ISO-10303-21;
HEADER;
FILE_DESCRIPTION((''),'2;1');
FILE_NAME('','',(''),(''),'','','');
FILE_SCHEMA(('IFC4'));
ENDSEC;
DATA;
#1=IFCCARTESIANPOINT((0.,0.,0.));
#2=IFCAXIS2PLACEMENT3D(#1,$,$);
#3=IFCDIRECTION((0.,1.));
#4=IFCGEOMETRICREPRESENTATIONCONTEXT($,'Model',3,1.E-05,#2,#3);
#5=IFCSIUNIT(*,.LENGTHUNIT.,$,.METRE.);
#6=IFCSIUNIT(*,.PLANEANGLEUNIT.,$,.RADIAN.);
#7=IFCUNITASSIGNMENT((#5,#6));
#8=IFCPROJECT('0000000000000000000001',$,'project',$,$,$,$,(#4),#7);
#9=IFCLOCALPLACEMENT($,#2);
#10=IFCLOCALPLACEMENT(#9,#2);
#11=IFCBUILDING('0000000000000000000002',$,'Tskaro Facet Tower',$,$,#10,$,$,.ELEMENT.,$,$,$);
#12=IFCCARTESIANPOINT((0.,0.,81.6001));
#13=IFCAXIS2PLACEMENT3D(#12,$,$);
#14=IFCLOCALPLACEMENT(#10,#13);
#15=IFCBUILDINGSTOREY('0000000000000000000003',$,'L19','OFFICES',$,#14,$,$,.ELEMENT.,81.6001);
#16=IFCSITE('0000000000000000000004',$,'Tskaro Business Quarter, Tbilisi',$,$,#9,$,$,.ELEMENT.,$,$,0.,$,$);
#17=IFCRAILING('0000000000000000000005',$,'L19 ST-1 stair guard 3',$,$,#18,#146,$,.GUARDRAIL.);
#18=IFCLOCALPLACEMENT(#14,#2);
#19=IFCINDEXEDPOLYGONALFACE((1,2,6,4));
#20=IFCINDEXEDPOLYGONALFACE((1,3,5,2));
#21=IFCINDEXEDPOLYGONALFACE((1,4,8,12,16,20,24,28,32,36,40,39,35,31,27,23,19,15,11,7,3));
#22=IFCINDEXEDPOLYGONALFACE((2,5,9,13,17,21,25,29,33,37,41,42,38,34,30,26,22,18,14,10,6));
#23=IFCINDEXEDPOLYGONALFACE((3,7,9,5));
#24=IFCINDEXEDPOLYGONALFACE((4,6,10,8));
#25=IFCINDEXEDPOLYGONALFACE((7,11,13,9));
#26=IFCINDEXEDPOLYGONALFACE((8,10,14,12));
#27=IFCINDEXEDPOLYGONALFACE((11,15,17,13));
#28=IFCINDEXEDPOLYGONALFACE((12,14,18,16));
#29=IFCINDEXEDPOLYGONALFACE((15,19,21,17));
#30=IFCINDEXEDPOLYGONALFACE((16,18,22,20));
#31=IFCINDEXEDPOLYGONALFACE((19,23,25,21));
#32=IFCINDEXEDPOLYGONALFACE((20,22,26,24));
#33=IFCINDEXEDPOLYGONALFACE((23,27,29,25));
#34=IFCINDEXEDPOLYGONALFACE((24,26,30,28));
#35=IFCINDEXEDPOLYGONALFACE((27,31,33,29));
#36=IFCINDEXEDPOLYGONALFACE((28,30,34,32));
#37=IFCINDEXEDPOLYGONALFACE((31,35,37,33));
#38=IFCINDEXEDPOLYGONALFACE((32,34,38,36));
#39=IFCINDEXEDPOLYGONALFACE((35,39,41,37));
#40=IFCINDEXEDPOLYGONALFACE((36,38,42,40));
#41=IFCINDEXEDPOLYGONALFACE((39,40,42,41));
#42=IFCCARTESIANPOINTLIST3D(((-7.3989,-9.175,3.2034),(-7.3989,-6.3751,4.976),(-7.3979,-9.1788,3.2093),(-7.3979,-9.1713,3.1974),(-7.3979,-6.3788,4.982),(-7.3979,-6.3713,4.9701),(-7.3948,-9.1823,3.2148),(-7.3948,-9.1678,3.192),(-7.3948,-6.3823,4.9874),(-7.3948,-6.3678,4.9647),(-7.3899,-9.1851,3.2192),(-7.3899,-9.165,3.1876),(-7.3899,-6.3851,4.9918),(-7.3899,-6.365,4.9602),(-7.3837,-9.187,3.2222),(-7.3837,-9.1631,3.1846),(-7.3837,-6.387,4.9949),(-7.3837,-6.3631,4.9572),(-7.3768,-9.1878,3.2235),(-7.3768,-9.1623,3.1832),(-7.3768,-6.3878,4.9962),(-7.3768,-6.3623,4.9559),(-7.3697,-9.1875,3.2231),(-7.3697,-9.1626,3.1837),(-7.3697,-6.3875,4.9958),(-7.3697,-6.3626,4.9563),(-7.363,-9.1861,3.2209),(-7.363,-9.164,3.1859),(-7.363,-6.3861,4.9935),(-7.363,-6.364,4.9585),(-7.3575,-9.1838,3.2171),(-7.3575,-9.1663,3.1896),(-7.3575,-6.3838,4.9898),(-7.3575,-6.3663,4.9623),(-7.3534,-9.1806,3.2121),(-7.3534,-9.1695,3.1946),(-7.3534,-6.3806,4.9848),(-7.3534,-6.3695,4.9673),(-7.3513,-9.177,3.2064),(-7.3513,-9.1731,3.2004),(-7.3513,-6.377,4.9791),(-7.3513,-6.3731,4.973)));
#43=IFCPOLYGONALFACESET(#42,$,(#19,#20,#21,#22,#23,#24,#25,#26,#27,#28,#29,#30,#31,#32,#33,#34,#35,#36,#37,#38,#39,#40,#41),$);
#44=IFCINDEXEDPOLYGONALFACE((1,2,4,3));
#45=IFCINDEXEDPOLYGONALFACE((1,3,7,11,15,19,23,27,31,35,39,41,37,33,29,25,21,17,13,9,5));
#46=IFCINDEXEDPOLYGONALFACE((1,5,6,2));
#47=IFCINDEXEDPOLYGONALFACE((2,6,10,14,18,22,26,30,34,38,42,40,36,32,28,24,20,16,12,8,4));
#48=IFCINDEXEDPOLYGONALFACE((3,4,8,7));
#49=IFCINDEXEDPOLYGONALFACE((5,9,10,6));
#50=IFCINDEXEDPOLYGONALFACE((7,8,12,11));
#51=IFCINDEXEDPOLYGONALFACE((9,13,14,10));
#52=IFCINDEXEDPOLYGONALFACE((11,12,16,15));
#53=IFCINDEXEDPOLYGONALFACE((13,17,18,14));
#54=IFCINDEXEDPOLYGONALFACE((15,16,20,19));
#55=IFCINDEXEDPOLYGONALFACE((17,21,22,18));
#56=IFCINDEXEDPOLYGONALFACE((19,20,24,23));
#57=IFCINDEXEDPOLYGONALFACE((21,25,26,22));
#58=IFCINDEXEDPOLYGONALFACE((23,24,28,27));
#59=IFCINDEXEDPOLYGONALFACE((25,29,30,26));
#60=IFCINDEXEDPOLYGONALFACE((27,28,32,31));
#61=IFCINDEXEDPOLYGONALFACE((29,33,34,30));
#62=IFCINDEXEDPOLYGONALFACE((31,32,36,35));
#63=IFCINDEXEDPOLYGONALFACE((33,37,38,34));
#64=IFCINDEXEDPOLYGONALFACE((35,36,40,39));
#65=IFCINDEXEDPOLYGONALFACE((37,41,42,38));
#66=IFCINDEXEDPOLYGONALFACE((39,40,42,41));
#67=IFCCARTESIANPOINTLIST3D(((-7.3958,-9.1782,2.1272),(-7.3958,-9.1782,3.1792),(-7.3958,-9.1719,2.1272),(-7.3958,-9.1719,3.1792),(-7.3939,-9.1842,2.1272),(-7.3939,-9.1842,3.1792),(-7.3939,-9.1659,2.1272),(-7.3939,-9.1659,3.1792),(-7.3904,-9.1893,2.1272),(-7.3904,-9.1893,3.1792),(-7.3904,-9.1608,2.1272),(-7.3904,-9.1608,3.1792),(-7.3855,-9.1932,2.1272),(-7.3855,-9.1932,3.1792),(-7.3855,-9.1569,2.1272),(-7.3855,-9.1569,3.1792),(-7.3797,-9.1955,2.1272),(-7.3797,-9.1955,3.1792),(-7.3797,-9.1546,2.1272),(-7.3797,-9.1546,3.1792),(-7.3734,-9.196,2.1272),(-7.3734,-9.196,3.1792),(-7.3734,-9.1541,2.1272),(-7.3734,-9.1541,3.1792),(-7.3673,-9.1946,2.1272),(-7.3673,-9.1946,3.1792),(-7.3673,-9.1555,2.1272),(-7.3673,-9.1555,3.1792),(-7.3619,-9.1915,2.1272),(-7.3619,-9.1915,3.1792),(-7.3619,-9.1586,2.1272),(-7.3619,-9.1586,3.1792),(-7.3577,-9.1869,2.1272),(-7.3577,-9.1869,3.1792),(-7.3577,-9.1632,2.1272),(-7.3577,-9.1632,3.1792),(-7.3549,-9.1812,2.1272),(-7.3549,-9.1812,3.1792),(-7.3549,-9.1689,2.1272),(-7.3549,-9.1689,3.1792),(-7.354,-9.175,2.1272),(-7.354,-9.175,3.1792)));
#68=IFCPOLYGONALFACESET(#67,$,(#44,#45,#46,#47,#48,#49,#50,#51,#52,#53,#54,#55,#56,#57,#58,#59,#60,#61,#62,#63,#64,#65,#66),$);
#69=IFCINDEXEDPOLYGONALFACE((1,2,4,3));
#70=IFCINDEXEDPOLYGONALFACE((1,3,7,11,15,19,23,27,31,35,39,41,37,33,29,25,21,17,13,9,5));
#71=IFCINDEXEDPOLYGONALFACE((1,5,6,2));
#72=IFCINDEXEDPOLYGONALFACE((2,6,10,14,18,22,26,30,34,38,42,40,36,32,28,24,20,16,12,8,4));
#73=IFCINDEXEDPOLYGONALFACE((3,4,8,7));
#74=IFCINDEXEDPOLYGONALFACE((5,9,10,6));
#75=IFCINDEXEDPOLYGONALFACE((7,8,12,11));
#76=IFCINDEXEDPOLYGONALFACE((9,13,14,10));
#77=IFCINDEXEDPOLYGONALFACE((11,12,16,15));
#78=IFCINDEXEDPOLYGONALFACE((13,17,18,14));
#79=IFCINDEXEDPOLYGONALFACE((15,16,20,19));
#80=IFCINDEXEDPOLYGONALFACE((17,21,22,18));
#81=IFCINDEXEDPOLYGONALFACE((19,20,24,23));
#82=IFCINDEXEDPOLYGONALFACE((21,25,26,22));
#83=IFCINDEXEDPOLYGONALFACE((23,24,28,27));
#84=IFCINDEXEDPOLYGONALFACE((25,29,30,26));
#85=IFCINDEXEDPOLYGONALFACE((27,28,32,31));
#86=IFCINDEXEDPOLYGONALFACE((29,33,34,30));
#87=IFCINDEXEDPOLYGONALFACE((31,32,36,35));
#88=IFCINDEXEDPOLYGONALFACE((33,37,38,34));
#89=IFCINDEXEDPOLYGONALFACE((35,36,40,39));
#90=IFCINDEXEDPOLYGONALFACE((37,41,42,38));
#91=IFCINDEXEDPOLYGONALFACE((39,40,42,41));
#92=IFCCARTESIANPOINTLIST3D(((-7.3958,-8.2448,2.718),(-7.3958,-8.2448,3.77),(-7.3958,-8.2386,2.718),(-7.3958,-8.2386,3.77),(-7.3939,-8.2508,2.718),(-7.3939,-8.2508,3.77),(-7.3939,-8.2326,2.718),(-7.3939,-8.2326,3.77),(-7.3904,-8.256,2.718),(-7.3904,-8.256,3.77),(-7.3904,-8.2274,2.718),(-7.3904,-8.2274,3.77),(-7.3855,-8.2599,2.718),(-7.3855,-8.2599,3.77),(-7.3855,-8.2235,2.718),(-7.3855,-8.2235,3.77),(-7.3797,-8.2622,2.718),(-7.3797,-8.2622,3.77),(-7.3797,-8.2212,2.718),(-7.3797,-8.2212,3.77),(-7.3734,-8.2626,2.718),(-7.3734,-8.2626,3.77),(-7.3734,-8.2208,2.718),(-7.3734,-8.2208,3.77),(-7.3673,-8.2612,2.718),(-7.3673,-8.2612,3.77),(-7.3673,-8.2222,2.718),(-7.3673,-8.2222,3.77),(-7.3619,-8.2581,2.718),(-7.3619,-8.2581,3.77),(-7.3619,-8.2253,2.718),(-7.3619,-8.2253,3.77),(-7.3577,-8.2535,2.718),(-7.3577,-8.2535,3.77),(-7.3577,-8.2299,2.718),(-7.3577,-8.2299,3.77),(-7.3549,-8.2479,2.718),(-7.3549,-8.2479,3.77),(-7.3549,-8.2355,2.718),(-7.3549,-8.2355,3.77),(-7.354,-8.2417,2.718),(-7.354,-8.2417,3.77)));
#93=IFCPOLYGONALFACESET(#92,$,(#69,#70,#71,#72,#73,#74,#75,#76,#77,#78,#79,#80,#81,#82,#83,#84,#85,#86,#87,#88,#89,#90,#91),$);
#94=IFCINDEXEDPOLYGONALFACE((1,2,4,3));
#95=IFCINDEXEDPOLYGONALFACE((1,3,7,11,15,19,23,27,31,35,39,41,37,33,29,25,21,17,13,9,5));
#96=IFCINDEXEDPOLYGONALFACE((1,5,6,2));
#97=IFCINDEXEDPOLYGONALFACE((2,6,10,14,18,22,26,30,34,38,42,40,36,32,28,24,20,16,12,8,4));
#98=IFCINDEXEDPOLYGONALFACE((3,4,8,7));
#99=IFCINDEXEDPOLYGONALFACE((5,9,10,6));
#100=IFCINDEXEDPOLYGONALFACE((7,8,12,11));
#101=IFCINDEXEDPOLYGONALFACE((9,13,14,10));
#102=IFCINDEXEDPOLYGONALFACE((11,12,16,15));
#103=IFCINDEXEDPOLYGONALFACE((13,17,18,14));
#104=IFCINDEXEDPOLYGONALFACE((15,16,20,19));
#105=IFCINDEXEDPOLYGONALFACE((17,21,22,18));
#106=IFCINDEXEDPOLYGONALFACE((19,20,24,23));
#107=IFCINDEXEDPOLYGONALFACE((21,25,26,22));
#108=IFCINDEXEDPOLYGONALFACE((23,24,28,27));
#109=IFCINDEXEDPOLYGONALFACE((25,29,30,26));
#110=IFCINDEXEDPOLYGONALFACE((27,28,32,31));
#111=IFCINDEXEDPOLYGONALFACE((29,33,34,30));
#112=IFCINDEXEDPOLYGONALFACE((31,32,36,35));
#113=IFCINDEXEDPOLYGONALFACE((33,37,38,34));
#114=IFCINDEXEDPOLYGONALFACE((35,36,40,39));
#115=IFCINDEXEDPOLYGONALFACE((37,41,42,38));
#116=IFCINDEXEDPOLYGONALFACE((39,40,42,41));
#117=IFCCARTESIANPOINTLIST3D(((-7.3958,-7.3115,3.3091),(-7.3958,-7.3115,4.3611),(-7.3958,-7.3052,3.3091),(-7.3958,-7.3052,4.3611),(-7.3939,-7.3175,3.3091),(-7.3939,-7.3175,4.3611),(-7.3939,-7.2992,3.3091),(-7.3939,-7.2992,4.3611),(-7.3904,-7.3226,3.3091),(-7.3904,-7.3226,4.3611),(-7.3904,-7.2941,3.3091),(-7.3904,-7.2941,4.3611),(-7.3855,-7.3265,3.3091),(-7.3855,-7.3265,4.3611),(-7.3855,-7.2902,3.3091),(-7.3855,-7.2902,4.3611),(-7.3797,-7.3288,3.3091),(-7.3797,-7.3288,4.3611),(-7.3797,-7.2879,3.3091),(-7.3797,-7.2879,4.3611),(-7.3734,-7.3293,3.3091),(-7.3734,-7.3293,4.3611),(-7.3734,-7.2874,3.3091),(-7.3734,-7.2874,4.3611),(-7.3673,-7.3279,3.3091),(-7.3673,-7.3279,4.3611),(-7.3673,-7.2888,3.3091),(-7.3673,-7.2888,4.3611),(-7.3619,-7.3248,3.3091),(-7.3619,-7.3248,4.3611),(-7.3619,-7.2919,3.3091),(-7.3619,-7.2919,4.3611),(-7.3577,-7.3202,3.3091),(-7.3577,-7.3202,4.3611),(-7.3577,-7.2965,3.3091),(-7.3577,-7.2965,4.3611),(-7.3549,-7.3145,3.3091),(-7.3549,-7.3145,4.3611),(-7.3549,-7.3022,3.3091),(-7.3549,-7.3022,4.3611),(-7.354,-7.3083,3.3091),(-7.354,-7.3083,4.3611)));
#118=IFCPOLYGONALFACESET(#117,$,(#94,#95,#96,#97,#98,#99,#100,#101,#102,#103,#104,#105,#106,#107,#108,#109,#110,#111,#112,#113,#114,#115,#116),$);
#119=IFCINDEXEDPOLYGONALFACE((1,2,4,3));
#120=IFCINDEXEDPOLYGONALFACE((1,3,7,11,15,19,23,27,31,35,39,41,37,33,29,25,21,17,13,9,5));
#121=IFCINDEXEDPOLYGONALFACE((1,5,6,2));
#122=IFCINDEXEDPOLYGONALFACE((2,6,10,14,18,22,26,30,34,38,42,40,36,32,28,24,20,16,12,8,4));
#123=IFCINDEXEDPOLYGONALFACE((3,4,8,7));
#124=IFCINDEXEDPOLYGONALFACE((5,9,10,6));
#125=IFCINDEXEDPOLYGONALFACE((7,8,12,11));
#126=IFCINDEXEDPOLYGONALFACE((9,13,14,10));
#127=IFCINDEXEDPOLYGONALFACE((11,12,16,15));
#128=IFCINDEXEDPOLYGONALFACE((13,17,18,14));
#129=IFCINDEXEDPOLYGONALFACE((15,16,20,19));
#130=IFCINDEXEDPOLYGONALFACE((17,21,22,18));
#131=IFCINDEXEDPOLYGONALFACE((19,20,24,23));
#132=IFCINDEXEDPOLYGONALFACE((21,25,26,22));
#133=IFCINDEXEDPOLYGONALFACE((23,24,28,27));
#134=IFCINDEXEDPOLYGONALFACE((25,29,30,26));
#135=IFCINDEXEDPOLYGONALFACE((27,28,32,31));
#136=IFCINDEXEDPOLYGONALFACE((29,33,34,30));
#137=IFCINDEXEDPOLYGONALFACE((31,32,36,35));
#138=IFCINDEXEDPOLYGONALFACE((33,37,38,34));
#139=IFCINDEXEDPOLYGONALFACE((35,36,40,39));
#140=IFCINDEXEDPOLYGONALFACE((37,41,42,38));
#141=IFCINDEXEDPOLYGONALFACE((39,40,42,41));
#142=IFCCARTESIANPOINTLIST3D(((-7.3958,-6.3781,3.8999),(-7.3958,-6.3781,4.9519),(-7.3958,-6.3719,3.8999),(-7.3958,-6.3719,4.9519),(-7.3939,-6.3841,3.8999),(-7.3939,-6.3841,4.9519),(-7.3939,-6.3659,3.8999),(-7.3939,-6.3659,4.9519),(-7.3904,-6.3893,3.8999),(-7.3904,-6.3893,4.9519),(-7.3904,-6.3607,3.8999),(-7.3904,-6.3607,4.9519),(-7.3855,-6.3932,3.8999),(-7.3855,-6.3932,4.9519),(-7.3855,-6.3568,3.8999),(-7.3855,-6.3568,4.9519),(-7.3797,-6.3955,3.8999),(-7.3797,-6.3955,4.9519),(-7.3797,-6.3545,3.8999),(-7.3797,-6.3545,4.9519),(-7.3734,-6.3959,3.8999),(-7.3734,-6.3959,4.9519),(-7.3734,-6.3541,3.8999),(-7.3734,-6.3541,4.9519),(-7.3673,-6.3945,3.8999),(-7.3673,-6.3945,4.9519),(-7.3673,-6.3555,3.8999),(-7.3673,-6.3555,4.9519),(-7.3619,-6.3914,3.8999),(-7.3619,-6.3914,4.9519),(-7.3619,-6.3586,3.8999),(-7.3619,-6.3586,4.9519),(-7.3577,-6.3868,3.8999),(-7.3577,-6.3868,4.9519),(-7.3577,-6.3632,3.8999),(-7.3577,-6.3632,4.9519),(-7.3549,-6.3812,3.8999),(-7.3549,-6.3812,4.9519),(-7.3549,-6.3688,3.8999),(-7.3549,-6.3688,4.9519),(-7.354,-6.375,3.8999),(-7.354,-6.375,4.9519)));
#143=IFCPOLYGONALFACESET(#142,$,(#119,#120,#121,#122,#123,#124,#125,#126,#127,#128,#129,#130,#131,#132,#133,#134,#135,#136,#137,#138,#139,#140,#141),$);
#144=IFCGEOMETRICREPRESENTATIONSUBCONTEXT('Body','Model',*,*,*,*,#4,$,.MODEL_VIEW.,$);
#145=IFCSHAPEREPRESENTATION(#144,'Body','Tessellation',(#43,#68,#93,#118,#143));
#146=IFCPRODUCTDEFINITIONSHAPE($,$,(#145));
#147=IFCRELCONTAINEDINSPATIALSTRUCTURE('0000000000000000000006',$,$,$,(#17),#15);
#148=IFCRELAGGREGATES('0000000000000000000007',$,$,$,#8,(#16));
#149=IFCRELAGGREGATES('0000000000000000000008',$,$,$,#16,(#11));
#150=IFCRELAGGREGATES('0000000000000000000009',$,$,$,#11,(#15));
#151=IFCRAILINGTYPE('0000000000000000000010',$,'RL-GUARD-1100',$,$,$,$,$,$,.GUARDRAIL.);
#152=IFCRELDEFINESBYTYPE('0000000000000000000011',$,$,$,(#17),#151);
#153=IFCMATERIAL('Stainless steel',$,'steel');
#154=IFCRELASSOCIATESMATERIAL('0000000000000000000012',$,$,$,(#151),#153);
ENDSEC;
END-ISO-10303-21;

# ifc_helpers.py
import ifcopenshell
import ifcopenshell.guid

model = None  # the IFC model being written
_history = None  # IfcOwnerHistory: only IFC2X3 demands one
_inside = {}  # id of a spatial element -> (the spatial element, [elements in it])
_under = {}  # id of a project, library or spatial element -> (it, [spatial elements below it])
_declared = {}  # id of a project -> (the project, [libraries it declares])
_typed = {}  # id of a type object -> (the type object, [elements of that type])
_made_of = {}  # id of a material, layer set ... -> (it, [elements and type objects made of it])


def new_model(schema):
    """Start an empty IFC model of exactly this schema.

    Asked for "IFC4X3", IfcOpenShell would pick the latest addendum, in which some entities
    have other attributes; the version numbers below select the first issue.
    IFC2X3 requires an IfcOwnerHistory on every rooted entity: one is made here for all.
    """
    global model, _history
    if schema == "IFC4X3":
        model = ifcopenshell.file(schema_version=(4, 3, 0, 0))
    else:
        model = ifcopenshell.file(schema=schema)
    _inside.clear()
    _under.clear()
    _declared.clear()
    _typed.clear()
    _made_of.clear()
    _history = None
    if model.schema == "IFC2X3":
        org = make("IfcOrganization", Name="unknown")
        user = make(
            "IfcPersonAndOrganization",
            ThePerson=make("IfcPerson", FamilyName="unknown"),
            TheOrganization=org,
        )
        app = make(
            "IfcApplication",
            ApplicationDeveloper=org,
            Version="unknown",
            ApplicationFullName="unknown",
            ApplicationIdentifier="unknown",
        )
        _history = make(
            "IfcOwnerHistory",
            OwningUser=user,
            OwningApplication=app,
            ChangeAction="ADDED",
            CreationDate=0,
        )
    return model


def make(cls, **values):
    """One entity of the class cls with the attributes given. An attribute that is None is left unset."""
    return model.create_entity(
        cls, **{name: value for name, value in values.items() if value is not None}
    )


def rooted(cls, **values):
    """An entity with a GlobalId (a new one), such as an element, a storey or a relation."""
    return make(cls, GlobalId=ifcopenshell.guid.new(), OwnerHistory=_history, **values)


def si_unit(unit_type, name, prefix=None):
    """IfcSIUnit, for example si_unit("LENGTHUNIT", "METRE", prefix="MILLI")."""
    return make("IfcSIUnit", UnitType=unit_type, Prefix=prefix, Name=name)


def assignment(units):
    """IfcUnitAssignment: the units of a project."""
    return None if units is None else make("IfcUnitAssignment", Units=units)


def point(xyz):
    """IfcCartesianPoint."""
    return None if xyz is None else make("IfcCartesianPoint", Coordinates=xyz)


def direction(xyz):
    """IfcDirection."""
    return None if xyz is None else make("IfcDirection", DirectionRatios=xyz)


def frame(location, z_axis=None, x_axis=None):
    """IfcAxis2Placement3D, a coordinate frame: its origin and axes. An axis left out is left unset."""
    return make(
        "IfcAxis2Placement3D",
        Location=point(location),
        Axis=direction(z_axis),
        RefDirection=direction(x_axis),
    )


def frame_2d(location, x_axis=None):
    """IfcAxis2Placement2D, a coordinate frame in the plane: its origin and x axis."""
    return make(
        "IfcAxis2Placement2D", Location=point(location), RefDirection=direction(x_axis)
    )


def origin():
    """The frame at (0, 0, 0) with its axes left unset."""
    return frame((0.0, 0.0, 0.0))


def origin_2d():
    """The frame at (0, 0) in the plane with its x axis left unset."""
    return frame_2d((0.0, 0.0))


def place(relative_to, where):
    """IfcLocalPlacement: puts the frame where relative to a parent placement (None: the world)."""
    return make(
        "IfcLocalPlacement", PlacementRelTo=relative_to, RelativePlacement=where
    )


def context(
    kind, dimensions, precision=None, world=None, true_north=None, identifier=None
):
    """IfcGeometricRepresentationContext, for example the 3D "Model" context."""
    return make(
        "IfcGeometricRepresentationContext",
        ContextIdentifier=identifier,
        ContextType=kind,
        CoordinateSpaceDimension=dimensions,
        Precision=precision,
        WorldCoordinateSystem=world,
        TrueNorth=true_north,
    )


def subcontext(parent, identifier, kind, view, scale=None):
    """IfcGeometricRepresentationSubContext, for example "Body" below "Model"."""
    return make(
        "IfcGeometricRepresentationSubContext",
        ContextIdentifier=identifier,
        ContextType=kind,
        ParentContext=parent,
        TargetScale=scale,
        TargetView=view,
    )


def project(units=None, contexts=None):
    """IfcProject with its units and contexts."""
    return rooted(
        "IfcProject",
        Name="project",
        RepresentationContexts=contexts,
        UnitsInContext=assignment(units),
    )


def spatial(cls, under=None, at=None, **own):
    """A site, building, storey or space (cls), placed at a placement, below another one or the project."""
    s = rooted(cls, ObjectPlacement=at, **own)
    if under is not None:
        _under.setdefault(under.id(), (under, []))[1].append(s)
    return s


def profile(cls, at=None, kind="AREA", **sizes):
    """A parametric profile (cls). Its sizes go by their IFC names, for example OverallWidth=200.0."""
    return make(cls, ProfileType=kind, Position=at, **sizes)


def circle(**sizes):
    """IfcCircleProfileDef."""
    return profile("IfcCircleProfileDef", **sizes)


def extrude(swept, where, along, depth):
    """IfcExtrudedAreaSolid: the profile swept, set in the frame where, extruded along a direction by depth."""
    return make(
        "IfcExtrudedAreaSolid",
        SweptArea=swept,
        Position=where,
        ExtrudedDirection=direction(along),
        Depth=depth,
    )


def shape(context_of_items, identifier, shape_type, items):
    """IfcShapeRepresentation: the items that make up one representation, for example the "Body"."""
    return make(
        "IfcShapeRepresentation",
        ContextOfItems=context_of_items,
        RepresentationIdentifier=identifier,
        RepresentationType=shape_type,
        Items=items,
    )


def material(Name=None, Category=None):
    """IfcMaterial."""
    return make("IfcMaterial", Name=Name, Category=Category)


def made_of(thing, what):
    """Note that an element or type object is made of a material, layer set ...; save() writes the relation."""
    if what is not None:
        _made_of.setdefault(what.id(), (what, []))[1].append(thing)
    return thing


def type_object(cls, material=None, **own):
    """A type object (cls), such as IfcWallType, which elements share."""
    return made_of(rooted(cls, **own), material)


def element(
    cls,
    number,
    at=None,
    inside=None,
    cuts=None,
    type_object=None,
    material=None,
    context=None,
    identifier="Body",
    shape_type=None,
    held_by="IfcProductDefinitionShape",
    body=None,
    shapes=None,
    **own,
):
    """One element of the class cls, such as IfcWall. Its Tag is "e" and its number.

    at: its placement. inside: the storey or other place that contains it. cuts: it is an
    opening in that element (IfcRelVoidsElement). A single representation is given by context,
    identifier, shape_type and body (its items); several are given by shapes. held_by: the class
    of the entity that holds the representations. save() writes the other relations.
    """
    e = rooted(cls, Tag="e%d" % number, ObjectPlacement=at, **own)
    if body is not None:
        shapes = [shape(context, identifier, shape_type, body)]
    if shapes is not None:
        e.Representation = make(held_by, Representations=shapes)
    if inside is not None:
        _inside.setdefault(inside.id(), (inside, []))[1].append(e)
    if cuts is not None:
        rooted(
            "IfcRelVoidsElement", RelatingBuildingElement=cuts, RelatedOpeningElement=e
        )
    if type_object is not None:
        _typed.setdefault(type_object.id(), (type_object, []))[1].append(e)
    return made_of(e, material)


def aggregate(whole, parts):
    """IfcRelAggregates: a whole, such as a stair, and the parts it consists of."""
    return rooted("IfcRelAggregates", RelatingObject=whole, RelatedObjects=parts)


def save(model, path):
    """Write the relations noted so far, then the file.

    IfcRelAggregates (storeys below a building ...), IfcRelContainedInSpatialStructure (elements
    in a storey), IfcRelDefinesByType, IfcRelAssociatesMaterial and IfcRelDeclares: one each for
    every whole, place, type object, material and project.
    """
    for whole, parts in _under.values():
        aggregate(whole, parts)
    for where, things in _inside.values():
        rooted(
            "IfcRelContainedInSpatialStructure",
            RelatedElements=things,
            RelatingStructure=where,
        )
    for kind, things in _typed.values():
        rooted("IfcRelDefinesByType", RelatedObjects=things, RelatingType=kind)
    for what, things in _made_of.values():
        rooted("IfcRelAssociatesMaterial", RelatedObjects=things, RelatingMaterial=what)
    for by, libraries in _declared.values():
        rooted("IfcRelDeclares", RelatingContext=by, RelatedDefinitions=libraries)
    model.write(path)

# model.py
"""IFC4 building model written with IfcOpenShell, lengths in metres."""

from ifc_helpers import new_model, si_unit, direction, frame, origin, origin_2d, place, context, subcontext, project, spatial, circle, extrude, material, type_object, element, save


model = new_model("IFC4")

# Units and contexts
model_context = context("Model", 3, precision=1e-05, world=origin(), true_north=direction((0.0, 1.0)))
body_context = subcontext(model_context, "Body", "Model", "MODEL_VIEW")
ifc_project = project(units=[si_unit("LENGTHUNIT", "METRE"), si_unit("PLANEANGLEUNIT", "RADIAN")], contexts=[model_context])

# Site, building, storey
site_placement = place(None, origin())
site = spatial("IfcSite", under=ifc_project, at=site_placement, Name="Tskaro Business Quarter, Tbilisi", CompositionType="ELEMENT", RefElevation=0.0)
building_placement = place(site_placement, origin())
building = spatial("IfcBuilding", under=site, at=building_placement, Name="Tskaro Facet Tower", CompositionType="ELEMENT")
storey_placement = place(building_placement, frame((0.0, 0.0, 81.6001)))
storey = spatial("IfcBuildingStorey", under=building, at=storey_placement, Name="L19", Description="OFFICES", CompositionType="ELEMENT", Elevation=81.6001)

# Shared definitions
ifc_material_1 = material(Name="Stainless steel", Category="steel")

# Railing
railing_type_1 = type_object("IfcRailingType", Name="RL-GUARD-1100", PredefinedType="GUARDRAIL", material=ifc_material_1)
railing_1_placement = place(storey_placement, frame((-7.375, -9.175, 2.1272)))
element("IfcRailing", 1, at=railing_1_placement, inside=storey, type_object=railing_type_1, Name="L19 ST-1 stair guard 3", PredefinedType="GUARDRAIL", context=body_context, shape_type="SweptSolid", body=[
    extrude(circle(Radius=0.0239, at=origin_2d()), frame((0.0, 0.0, 1.0762), z_axis=(0.0, 0.844909, 0.53491), x_axis=(-1.0, 0.0, 0.0)), (0.0, 0.0, 1.0), 3.314),
    extrude(circle(Radius=0.021, at=origin_2d()), origin(), (0.0, 0.0, 1.0), 1.052),
    extrude(circle(Radius=0.021, at=origin_2d()), frame((0.0, 0.9333, 0.5908)), (0.0, 0.0, 1.0), 1.052),
    extrude(circle(Radius=0.021, at=origin_2d()), frame((0.0, 1.8667, 1.1819)), (0.0, 0.0, 1.0), 1.052),
    extrude(circle(Radius=0.021, at=origin_2d()), frame((0.0, 2.8, 1.7727)), (0.0, 0.0, 1.0), 1.052),
])

save(model, "model.ifc")
